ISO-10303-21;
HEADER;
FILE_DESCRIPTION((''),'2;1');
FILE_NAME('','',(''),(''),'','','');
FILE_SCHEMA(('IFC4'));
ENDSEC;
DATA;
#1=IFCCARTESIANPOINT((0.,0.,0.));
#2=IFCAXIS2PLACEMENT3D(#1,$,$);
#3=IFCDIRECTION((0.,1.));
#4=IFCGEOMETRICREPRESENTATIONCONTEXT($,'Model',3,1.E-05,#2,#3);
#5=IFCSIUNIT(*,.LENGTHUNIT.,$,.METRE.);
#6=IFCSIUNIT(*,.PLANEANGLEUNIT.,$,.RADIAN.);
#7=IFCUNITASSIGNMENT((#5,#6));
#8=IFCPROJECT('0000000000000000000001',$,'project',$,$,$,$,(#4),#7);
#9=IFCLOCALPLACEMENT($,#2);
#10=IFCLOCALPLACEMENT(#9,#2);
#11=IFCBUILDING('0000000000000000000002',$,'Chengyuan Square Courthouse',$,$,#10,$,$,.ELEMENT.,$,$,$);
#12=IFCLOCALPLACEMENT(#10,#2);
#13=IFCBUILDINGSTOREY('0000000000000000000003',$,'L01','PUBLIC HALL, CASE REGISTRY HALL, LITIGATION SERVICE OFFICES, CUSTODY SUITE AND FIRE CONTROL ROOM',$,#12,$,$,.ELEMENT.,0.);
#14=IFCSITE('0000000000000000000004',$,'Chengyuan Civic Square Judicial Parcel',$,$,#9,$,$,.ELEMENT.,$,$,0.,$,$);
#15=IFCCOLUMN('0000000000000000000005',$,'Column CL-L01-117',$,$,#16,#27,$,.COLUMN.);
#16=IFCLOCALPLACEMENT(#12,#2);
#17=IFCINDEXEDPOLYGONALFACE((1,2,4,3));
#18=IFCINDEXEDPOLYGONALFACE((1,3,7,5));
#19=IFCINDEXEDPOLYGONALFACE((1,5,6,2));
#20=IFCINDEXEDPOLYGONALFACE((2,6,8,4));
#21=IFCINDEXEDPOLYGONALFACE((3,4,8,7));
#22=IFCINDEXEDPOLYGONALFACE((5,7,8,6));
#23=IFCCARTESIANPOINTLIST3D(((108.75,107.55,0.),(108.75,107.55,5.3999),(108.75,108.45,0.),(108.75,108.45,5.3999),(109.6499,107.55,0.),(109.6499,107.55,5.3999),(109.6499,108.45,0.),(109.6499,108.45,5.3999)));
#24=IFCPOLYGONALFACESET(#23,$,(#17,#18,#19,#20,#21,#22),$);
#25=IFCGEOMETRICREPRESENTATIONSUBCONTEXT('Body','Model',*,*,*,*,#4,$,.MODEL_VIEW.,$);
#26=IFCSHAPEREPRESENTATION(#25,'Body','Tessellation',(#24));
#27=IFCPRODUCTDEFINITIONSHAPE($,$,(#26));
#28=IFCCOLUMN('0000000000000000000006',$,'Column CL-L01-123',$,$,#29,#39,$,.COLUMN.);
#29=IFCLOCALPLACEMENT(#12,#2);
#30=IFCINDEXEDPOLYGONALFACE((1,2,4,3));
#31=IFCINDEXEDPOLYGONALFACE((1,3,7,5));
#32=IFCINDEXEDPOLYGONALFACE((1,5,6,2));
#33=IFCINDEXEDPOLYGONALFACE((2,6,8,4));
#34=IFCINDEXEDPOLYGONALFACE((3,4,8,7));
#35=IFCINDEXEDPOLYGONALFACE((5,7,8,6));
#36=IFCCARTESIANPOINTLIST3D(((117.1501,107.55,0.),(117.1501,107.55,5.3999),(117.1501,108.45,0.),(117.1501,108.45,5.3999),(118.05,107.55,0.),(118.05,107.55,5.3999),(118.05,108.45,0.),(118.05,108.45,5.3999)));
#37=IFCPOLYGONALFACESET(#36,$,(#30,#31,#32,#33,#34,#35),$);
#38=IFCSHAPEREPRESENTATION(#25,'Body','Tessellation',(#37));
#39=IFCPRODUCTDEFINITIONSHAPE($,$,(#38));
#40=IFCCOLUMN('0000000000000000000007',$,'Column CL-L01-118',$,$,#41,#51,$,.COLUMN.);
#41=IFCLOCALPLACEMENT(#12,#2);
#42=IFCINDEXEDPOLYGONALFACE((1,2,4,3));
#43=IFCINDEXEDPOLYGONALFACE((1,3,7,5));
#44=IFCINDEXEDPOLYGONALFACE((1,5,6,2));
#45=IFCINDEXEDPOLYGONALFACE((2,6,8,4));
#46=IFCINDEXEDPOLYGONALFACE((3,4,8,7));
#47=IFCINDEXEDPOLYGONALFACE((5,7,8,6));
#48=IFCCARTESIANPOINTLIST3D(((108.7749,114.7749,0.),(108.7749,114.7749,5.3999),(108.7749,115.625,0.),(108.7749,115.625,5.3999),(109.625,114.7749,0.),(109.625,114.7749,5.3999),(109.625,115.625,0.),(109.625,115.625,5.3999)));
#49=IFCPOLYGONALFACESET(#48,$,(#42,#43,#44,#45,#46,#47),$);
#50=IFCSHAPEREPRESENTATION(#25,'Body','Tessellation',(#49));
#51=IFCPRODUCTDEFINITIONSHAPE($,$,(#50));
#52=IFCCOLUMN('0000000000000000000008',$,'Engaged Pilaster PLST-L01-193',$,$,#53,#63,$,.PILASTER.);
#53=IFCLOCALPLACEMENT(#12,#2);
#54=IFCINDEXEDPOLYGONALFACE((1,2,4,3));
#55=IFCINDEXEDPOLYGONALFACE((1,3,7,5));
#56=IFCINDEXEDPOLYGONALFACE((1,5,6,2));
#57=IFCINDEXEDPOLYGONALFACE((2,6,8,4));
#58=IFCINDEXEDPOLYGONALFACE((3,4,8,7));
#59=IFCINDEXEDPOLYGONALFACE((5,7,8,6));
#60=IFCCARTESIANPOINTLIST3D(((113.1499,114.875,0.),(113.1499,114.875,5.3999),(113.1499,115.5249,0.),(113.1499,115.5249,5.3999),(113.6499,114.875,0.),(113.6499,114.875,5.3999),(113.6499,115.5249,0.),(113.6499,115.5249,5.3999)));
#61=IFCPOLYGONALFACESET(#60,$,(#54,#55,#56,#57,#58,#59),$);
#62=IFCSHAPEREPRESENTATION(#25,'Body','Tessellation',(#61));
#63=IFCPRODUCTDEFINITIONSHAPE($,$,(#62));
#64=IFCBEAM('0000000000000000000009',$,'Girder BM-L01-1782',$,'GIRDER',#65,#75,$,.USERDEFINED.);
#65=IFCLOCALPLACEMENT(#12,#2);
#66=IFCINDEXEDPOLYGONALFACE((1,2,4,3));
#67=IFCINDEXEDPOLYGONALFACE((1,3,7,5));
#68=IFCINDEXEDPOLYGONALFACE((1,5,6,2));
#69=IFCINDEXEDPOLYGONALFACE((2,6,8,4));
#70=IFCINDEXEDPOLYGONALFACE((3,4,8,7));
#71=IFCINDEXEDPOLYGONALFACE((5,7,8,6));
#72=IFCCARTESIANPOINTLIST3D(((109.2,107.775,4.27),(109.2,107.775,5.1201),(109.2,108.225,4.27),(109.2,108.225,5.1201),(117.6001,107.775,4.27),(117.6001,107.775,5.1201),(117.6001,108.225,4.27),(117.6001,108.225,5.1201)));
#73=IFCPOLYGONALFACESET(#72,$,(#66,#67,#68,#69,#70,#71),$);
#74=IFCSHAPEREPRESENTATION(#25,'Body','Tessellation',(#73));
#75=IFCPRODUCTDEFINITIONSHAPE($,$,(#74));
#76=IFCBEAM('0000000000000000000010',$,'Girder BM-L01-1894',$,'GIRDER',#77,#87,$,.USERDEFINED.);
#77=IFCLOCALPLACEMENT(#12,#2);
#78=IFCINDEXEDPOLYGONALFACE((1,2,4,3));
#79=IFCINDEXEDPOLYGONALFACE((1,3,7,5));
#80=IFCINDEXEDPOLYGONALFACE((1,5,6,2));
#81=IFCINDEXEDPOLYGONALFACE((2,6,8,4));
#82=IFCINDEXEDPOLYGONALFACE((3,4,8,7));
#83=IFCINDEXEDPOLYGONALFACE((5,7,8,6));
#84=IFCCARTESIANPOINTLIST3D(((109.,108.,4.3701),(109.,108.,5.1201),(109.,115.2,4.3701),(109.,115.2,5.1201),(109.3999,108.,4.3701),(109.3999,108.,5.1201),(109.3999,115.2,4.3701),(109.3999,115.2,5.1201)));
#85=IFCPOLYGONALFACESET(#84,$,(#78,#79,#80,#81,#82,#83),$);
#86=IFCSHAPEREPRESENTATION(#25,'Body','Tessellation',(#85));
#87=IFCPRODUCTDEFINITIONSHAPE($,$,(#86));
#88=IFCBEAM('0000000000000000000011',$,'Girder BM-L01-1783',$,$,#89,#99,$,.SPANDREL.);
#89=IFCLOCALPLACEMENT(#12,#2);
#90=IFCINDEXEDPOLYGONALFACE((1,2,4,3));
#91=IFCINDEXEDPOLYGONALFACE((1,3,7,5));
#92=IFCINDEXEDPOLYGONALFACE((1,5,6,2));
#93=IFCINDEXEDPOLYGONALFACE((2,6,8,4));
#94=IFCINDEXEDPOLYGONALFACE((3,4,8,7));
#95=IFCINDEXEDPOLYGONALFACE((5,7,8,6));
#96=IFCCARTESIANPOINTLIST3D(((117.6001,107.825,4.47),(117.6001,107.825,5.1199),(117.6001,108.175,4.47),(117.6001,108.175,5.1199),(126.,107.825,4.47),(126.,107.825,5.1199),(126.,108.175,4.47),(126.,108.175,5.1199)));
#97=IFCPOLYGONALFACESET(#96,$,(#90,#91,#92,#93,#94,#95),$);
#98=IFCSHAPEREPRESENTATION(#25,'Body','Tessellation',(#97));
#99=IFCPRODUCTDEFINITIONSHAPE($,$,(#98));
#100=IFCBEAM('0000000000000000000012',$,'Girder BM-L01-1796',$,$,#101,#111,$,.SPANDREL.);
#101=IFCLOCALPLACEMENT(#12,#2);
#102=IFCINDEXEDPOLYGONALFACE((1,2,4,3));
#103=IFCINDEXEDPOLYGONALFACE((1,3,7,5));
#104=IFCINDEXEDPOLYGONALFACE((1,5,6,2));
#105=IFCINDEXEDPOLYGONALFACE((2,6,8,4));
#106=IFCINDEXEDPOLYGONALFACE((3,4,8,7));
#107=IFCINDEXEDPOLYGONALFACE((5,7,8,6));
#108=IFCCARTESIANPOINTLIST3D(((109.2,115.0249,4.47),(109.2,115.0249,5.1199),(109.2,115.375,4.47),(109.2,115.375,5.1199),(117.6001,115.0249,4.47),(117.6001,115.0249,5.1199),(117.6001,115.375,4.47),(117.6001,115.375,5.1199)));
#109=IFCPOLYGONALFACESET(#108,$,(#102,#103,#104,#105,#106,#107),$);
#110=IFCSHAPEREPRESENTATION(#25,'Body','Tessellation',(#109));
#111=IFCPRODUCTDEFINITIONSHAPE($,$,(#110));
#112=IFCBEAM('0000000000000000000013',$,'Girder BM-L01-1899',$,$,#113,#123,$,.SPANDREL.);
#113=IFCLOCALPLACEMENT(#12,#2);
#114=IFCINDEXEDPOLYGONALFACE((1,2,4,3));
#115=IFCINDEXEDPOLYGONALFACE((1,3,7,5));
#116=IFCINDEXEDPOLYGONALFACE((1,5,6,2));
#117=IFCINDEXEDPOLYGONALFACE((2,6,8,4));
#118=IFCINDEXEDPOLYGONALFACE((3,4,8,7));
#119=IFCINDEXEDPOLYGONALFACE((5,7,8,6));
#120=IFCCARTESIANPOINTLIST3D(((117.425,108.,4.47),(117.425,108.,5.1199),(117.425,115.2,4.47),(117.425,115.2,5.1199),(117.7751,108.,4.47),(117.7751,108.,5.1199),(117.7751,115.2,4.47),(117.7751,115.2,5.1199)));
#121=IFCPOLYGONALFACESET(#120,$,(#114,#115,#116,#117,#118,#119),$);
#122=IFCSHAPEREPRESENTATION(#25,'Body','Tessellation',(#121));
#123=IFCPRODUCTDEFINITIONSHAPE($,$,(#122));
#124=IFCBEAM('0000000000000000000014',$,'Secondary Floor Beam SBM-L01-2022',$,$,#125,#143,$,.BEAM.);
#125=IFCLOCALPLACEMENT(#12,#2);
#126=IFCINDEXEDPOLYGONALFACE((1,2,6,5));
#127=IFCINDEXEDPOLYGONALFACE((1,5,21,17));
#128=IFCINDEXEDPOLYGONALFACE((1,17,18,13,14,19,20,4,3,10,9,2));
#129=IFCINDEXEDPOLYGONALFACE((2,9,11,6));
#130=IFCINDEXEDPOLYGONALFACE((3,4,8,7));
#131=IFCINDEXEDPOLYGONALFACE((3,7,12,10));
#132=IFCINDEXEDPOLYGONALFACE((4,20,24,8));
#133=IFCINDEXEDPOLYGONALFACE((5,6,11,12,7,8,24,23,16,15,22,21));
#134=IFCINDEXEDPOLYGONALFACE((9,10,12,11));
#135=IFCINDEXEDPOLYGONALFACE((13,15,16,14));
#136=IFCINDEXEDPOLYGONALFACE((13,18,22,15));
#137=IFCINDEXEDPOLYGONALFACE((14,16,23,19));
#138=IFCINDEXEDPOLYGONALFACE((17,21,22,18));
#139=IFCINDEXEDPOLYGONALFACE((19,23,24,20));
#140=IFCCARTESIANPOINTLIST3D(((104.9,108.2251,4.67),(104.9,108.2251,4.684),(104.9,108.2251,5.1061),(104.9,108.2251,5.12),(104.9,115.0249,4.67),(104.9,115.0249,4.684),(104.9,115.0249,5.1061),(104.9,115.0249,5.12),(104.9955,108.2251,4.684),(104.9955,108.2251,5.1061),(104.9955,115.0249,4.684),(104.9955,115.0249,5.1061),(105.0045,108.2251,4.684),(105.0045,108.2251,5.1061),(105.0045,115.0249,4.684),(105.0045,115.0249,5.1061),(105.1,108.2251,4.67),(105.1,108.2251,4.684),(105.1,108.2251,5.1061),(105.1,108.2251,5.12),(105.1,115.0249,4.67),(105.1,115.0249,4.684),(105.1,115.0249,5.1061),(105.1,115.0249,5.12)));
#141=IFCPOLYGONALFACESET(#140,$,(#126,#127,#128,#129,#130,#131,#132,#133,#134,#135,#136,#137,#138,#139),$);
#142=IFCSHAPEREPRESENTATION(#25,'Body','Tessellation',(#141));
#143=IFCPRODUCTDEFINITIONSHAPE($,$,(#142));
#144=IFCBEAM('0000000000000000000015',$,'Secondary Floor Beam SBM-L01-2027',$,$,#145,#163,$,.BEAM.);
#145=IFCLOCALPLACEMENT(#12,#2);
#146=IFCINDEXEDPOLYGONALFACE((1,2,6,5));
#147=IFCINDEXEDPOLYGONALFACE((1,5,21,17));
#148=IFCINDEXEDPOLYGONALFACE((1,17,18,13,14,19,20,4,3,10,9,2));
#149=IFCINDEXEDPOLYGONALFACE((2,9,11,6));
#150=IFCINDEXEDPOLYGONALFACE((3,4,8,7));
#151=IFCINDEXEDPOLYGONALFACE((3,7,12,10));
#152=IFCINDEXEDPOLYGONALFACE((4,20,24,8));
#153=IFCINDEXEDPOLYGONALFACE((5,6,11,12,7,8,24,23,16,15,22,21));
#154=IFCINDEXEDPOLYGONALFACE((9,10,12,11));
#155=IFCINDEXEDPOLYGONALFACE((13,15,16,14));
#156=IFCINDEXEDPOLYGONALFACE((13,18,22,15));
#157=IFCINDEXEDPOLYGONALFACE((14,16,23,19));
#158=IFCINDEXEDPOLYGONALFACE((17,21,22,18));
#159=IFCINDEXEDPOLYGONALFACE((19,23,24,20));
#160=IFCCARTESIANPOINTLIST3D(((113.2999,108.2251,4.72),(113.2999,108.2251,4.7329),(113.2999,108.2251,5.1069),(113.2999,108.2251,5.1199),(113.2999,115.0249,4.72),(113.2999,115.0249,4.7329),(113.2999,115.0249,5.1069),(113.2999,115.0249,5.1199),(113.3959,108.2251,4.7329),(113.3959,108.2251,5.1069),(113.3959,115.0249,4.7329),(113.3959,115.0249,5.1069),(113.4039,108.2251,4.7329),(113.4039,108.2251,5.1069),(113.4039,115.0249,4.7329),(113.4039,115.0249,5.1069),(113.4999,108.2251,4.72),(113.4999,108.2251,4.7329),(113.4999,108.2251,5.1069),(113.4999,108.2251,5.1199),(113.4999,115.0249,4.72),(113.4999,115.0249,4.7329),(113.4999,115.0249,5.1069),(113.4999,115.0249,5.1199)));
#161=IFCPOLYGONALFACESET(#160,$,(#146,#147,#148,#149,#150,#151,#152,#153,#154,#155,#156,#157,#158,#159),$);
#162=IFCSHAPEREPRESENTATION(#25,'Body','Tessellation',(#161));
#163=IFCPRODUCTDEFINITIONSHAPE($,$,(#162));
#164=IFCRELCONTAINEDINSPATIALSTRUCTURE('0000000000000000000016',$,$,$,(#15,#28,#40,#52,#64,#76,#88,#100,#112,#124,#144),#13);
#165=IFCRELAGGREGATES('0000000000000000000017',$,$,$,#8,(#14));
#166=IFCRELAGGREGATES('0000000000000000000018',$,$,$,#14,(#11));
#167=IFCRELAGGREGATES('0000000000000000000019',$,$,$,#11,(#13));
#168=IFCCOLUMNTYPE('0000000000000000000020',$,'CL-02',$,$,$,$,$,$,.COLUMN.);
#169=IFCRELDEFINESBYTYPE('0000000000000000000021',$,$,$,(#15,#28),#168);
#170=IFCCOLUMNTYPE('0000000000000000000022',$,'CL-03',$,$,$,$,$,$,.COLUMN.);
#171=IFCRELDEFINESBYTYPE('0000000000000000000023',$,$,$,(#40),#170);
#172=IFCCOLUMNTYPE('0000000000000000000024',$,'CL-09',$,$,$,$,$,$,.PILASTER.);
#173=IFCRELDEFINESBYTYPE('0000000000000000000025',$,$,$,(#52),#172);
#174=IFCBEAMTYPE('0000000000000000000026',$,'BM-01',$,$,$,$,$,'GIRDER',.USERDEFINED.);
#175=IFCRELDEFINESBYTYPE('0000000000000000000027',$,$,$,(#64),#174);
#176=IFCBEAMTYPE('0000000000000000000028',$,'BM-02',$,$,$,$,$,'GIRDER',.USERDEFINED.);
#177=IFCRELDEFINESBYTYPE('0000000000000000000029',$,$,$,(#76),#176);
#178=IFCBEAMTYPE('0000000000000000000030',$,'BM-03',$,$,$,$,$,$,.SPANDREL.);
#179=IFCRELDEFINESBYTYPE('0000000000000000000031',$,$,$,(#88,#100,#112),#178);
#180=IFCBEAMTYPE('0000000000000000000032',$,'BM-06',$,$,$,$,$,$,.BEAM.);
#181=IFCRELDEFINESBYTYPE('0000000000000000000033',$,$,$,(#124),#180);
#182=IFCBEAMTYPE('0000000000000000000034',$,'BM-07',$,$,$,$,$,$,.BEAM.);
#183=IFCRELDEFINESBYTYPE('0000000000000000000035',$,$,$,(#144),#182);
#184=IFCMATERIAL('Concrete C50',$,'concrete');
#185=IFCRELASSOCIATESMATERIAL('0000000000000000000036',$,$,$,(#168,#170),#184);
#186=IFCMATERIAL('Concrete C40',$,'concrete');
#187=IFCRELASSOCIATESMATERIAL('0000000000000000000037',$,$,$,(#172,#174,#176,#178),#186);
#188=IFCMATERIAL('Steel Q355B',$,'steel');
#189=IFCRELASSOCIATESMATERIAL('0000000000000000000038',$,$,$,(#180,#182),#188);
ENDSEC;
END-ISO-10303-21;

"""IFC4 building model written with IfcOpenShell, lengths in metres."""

from ifc_helpers import new_model, si_unit, direction, frame, origin, origin_2d, place, context, subcontext, project, spatial, rectangle, i_section, extrude, material, material_profile, profile_set, type_object, element, save


model = new_model("IFC4")

# Units and contexts
model_context = context("Model", 3, precision=1e-05, world=origin(), true_north=direction((0.0, 1.0)))
body_context = subcontext(model_context, "Body", "Model", "MODEL_VIEW")
ifc_project = project(units=[si_unit("LENGTHUNIT", "METRE"), si_unit("PLANEANGLEUNIT", "RADIAN")], contexts=[model_context])

# Site, building, storey
site_placement = place(None, origin())
site = spatial("IfcSite", under=ifc_project, at=site_placement, Name="Chengyuan Civic Square Judicial Parcel", CompositionType="ELEMENT", RefElevation=0.0)
building_placement = place(site_placement, origin())
building = spatial("IfcBuilding", under=site, at=building_placement, Name="Chengyuan Square Courthouse", CompositionType="ELEMENT")
storey_placement = place(building_placement, origin())
storey = spatial("IfcBuildingStorey", under=building, at=storey_placement, Name="L01", Description="PUBLIC HALL, CASE REGISTRY HALL, LITIGATION SERVICE OFFICES, CUSTODY SUITE AND FIRE CONTROL ROOM", CompositionType="ELEMENT", Elevation=0.0)

# Columns
ifc_material_1 = material(Name="Concrete C50", Category="concrete")
ifc_material_profile_1 = material_profile(ifc_material_1, rectangle(XDim=0.8999, YDim=0.8999, at=origin_2d()), Name="RC-COL-900x900")
ifc_profile_set_1 = profile_set([ifc_material_profile_1], Name="Concrete C50")
column_type_1 = type_object("IfcColumnType", Name="CL-02", PredefinedType="COLUMN", material=ifc_profile_set_1)
for number, where, z_axis, x_axis, name in (
    (1, (109.2, 108.0, 0.0), (0.0, 0.0, 1.0), (1.0, 0.0, 0.0), "Column CL-L01-117"),
    (2, (117.6001, 108.0, 0.0), (0.0, 0.0, 1.0), (1.0, 0.0, 0.0), "Column CL-L01-123"),
):
    element("IfcColumn", number, at=place(storey_placement, frame(where, z_axis=z_axis, x_axis=x_axis)), inside=storey, type_object=column_type_1, Name=name, PredefinedType="COLUMN", context=body_context, shape_type="SweptSolid", body=[
        extrude(rectangle(XDim=0.8999, YDim=0.8999, at=origin_2d()), origin(), (0.0, 0.0, 1.0), 5.3999),
    ])
ifc_material_profile_2 = material_profile(ifc_material_1, rectangle(XDim=0.8501, YDim=0.8501, at=origin_2d()), Name="RC-COL-850x850")
ifc_profile_set_2 = profile_set([ifc_material_profile_2], Name="Concrete C50")
column_type_2 = type_object("IfcColumnType", Name="CL-03", PredefinedType="COLUMN", material=ifc_profile_set_2)
column_1_placement = place(storey_placement, frame((109.2, 115.2, 0.0), z_axis=(0.0, 0.0, 1.0), x_axis=(1.0, 0.0, 0.0)))
element("IfcColumn", 3, at=column_1_placement, inside=storey, type_object=column_type_2, Name="Column CL-L01-118", PredefinedType="COLUMN", context=body_context, shape_type="SweptSolid", body=[
    extrude(rectangle(XDim=0.8501, YDim=0.8501, at=origin_2d()), origin(), (0.0, 0.0, 1.0), 5.3999),
])
ifc_material_2 = material(Name="Concrete C40", Category="concrete")
ifc_material_profile_3 = material_profile(ifc_material_2, rectangle(XDim=0.5, YDim=0.6499, at=origin_2d()), Name="RC-PIL-500x650")
ifc_profile_set_3 = profile_set([ifc_material_profile_3], Name="Concrete C40")
column_type_3 = type_object("IfcColumnType", Name="CL-09", PredefinedType="PILASTER", material=ifc_profile_set_3)
column_2_placement = place(storey_placement, frame((113.3999, 115.2, 0.0), z_axis=(0.0, 0.0, 1.0), x_axis=(1.0, 0.0, 0.0)))
element("IfcColumn", 4, at=column_2_placement, inside=storey, type_object=column_type_3, Name="Engaged Pilaster PLST-L01-193", PredefinedType="PILASTER", context=body_context, shape_type="SweptSolid", body=[
    extrude(rectangle(XDim=0.5, YDim=0.6499, at=origin_2d()), origin(), (0.0, 0.0, 1.0), 5.3999),
])

# Beams
ifc_material_profile_4 = material_profile(ifc_material_2, rectangle(XDim=0.45, YDim=0.8501, at=origin_2d()), Name="RC-BM-450x850")
ifc_profile_set_4 = profile_set([ifc_material_profile_4], Name="Concrete C40")
beam_type_1 = type_object("IfcBeamType", Name="BM-01", ElementType="GIRDER", PredefinedType="USERDEFINED", material=ifc_profile_set_4)
beam_1_placement = place(storey_placement, frame((109.2, 108.0, 4.6951), z_axis=(1.0, 0.0, 0.0), x_axis=(0.0, 1.0, 0.0)))
element("IfcBeam", 5, at=beam_1_placement, inside=storey, type_object=beam_type_1, Name="Girder BM-L01-1782", ObjectType="GIRDER", PredefinedType="USERDEFINED", context=body_context, shape_type="SweptSolid", body=[
    extrude(rectangle(XDim=0.45, YDim=0.8501, at=origin_2d()), origin(), (0.0, 0.0, 1.0), 8.4001),
])
ifc_material_profile_5 = material_profile(ifc_material_2, rectangle(XDim=0.3999, YDim=0.75, at=origin_2d()), Name="RC-BM-400x750")
ifc_profile_set_5 = profile_set([ifc_material_profile_5], Name="Concrete C40")
beam_type_2 = type_object("IfcBeamType", Name="BM-02", ElementType="GIRDER", PredefinedType="USERDEFINED", material=ifc_profile_set_5)
beam_2_placement = place(storey_placement, frame((109.2, 108.0, 4.7451), z_axis=(0.0, 1.0, 0.0), x_axis=(-1.0, 0.0, 0.0)))
element("IfcBeam", 6, at=beam_2_placement, inside=storey, type_object=beam_type_2, Name="Girder BM-L01-1894", ObjectType="GIRDER", PredefinedType="USERDEFINED", context=body_context, shape_type="SweptSolid", body=[
    extrude(rectangle(XDim=0.3999, YDim=0.75, at=origin_2d()), origin(), (0.0, 0.0, 1.0), 7.2),
])
ifc_material_profile_6 = material_profile(ifc_material_2, rectangle(XDim=0.3501, YDim=0.6499, at=origin_2d()), Name="RC-BM-350x650")
ifc_profile_set_6 = profile_set([ifc_material_profile_6], Name="Concrete C40")
beam_type_3 = type_object("IfcBeamType", Name="BM-03", PredefinedType="SPANDREL", material=ifc_profile_set_6)
beam_3_placement = place(storey_placement, frame((117.6001, 108.0, 4.7949), z_axis=(1.0, 0.0, 0.0), x_axis=(0.0, 1.0, 0.0)))
element("IfcBeam", 7, at=beam_3_placement, inside=storey, type_object=beam_type_3, Name="Girder BM-L01-1783", PredefinedType="SPANDREL", context=body_context, shape_type="SweptSolid", body=[
    extrude(rectangle(XDim=0.3501, YDim=0.6499, at=origin_2d()), origin(), (0.0, 0.0, 1.0), 8.3999),
])
beam_4_placement = place(storey_placement, frame((109.2, 115.2, 4.7949), z_axis=(1.0, 0.0, 0.0), x_axis=(0.0, 1.0, 0.0)))
element("IfcBeam", 8, at=beam_4_placement, inside=storey, type_object=beam_type_3, Name="Girder BM-L01-1796", PredefinedType="SPANDREL", context=body_context, shape_type="SweptSolid", body=[
    extrude(rectangle(XDim=0.3501, YDim=0.6499, at=origin_2d()), origin(), (0.0, 0.0, 1.0), 8.4001),
])
beam_5_placement = place(storey_placement, frame((117.6001, 108.0, 4.7949), z_axis=(0.0, 1.0, 0.0), x_axis=(-1.0, 0.0, 0.0)))
element("IfcBeam", 9, at=beam_5_placement, inside=storey, type_object=beam_type_3, Name="Girder BM-L01-1899", PredefinedType="SPANDREL", context=body_context, shape_type="SweptSolid", body=[
    extrude(rectangle(XDim=0.3501, YDim=0.6499, at=origin_2d()), origin(), (0.0, 0.0, 1.0), 7.2),
])
ifc_material_3 = material(Name="Steel Q355B", Category="steel")
ifc_material_profile_7 = material_profile(ifc_material_3, i_section(OverallWidth=0.2, OverallDepth=0.45, WebThickness=0.009, FlangeThickness=0.0139, at=origin_2d()), Name="HN 450x200x9x14")
ifc_profile_set_7 = profile_set([ifc_material_profile_7], Name="Steel Q355B")
beam_type_4 = type_object("IfcBeamType", Name="BM-06", PredefinedType="BEAM", material=ifc_profile_set_7)
beam_6_placement = place(storey_placement, frame((105.0, 108.2251, 4.895), z_axis=(0.0, 1.0, 0.0), x_axis=(-1.0, 0.0, 0.0)))
element("IfcBeam", 10, at=beam_6_placement, inside=storey, type_object=beam_type_4, Name="Secondary Floor Beam SBM-L01-2022", PredefinedType="BEAM", context=body_context, shape_type="SweptSolid", body=[
    extrude(i_section(OverallWidth=0.2, OverallDepth=0.45, WebThickness=0.009, FlangeThickness=0.0139, at=origin_2d()), origin(), (0.0, 0.0, 1.0), 6.7998),
])
ifc_material_profile_8 = material_profile(ifc_material_3, i_section(OverallWidth=0.2, OverallDepth=0.3999, WebThickness=0.0081, FlangeThickness=0.0129, at=origin_2d()), Name="HN 400x200x8x13")
ifc_profile_set_8 = profile_set([ifc_material_profile_8], Name="Steel Q355B")
beam_type_5 = type_object("IfcBeamType", Name="BM-07", PredefinedType="BEAM", material=ifc_profile_set_8)
beam_7_placement = place(storey_placement, frame((113.3999, 108.2251, 4.9199), z_axis=(0.0, 1.0, 0.0), x_axis=(-1.0, 0.0, 0.0)))
element("IfcBeam", 11, at=beam_7_placement, inside=storey, type_object=beam_type_5, Name="Secondary Floor Beam SBM-L01-2027", PredefinedType="BEAM", context=body_context, shape_type="SweptSolid", body=[
    extrude(i_section(OverallWidth=0.2, OverallDepth=0.3999, WebThickness=0.0081, FlangeThickness=0.0129, at=origin_2d()), origin(), (0.0, 0.0, 1.0), 6.7998),
])

save(model, "model.ifc")
